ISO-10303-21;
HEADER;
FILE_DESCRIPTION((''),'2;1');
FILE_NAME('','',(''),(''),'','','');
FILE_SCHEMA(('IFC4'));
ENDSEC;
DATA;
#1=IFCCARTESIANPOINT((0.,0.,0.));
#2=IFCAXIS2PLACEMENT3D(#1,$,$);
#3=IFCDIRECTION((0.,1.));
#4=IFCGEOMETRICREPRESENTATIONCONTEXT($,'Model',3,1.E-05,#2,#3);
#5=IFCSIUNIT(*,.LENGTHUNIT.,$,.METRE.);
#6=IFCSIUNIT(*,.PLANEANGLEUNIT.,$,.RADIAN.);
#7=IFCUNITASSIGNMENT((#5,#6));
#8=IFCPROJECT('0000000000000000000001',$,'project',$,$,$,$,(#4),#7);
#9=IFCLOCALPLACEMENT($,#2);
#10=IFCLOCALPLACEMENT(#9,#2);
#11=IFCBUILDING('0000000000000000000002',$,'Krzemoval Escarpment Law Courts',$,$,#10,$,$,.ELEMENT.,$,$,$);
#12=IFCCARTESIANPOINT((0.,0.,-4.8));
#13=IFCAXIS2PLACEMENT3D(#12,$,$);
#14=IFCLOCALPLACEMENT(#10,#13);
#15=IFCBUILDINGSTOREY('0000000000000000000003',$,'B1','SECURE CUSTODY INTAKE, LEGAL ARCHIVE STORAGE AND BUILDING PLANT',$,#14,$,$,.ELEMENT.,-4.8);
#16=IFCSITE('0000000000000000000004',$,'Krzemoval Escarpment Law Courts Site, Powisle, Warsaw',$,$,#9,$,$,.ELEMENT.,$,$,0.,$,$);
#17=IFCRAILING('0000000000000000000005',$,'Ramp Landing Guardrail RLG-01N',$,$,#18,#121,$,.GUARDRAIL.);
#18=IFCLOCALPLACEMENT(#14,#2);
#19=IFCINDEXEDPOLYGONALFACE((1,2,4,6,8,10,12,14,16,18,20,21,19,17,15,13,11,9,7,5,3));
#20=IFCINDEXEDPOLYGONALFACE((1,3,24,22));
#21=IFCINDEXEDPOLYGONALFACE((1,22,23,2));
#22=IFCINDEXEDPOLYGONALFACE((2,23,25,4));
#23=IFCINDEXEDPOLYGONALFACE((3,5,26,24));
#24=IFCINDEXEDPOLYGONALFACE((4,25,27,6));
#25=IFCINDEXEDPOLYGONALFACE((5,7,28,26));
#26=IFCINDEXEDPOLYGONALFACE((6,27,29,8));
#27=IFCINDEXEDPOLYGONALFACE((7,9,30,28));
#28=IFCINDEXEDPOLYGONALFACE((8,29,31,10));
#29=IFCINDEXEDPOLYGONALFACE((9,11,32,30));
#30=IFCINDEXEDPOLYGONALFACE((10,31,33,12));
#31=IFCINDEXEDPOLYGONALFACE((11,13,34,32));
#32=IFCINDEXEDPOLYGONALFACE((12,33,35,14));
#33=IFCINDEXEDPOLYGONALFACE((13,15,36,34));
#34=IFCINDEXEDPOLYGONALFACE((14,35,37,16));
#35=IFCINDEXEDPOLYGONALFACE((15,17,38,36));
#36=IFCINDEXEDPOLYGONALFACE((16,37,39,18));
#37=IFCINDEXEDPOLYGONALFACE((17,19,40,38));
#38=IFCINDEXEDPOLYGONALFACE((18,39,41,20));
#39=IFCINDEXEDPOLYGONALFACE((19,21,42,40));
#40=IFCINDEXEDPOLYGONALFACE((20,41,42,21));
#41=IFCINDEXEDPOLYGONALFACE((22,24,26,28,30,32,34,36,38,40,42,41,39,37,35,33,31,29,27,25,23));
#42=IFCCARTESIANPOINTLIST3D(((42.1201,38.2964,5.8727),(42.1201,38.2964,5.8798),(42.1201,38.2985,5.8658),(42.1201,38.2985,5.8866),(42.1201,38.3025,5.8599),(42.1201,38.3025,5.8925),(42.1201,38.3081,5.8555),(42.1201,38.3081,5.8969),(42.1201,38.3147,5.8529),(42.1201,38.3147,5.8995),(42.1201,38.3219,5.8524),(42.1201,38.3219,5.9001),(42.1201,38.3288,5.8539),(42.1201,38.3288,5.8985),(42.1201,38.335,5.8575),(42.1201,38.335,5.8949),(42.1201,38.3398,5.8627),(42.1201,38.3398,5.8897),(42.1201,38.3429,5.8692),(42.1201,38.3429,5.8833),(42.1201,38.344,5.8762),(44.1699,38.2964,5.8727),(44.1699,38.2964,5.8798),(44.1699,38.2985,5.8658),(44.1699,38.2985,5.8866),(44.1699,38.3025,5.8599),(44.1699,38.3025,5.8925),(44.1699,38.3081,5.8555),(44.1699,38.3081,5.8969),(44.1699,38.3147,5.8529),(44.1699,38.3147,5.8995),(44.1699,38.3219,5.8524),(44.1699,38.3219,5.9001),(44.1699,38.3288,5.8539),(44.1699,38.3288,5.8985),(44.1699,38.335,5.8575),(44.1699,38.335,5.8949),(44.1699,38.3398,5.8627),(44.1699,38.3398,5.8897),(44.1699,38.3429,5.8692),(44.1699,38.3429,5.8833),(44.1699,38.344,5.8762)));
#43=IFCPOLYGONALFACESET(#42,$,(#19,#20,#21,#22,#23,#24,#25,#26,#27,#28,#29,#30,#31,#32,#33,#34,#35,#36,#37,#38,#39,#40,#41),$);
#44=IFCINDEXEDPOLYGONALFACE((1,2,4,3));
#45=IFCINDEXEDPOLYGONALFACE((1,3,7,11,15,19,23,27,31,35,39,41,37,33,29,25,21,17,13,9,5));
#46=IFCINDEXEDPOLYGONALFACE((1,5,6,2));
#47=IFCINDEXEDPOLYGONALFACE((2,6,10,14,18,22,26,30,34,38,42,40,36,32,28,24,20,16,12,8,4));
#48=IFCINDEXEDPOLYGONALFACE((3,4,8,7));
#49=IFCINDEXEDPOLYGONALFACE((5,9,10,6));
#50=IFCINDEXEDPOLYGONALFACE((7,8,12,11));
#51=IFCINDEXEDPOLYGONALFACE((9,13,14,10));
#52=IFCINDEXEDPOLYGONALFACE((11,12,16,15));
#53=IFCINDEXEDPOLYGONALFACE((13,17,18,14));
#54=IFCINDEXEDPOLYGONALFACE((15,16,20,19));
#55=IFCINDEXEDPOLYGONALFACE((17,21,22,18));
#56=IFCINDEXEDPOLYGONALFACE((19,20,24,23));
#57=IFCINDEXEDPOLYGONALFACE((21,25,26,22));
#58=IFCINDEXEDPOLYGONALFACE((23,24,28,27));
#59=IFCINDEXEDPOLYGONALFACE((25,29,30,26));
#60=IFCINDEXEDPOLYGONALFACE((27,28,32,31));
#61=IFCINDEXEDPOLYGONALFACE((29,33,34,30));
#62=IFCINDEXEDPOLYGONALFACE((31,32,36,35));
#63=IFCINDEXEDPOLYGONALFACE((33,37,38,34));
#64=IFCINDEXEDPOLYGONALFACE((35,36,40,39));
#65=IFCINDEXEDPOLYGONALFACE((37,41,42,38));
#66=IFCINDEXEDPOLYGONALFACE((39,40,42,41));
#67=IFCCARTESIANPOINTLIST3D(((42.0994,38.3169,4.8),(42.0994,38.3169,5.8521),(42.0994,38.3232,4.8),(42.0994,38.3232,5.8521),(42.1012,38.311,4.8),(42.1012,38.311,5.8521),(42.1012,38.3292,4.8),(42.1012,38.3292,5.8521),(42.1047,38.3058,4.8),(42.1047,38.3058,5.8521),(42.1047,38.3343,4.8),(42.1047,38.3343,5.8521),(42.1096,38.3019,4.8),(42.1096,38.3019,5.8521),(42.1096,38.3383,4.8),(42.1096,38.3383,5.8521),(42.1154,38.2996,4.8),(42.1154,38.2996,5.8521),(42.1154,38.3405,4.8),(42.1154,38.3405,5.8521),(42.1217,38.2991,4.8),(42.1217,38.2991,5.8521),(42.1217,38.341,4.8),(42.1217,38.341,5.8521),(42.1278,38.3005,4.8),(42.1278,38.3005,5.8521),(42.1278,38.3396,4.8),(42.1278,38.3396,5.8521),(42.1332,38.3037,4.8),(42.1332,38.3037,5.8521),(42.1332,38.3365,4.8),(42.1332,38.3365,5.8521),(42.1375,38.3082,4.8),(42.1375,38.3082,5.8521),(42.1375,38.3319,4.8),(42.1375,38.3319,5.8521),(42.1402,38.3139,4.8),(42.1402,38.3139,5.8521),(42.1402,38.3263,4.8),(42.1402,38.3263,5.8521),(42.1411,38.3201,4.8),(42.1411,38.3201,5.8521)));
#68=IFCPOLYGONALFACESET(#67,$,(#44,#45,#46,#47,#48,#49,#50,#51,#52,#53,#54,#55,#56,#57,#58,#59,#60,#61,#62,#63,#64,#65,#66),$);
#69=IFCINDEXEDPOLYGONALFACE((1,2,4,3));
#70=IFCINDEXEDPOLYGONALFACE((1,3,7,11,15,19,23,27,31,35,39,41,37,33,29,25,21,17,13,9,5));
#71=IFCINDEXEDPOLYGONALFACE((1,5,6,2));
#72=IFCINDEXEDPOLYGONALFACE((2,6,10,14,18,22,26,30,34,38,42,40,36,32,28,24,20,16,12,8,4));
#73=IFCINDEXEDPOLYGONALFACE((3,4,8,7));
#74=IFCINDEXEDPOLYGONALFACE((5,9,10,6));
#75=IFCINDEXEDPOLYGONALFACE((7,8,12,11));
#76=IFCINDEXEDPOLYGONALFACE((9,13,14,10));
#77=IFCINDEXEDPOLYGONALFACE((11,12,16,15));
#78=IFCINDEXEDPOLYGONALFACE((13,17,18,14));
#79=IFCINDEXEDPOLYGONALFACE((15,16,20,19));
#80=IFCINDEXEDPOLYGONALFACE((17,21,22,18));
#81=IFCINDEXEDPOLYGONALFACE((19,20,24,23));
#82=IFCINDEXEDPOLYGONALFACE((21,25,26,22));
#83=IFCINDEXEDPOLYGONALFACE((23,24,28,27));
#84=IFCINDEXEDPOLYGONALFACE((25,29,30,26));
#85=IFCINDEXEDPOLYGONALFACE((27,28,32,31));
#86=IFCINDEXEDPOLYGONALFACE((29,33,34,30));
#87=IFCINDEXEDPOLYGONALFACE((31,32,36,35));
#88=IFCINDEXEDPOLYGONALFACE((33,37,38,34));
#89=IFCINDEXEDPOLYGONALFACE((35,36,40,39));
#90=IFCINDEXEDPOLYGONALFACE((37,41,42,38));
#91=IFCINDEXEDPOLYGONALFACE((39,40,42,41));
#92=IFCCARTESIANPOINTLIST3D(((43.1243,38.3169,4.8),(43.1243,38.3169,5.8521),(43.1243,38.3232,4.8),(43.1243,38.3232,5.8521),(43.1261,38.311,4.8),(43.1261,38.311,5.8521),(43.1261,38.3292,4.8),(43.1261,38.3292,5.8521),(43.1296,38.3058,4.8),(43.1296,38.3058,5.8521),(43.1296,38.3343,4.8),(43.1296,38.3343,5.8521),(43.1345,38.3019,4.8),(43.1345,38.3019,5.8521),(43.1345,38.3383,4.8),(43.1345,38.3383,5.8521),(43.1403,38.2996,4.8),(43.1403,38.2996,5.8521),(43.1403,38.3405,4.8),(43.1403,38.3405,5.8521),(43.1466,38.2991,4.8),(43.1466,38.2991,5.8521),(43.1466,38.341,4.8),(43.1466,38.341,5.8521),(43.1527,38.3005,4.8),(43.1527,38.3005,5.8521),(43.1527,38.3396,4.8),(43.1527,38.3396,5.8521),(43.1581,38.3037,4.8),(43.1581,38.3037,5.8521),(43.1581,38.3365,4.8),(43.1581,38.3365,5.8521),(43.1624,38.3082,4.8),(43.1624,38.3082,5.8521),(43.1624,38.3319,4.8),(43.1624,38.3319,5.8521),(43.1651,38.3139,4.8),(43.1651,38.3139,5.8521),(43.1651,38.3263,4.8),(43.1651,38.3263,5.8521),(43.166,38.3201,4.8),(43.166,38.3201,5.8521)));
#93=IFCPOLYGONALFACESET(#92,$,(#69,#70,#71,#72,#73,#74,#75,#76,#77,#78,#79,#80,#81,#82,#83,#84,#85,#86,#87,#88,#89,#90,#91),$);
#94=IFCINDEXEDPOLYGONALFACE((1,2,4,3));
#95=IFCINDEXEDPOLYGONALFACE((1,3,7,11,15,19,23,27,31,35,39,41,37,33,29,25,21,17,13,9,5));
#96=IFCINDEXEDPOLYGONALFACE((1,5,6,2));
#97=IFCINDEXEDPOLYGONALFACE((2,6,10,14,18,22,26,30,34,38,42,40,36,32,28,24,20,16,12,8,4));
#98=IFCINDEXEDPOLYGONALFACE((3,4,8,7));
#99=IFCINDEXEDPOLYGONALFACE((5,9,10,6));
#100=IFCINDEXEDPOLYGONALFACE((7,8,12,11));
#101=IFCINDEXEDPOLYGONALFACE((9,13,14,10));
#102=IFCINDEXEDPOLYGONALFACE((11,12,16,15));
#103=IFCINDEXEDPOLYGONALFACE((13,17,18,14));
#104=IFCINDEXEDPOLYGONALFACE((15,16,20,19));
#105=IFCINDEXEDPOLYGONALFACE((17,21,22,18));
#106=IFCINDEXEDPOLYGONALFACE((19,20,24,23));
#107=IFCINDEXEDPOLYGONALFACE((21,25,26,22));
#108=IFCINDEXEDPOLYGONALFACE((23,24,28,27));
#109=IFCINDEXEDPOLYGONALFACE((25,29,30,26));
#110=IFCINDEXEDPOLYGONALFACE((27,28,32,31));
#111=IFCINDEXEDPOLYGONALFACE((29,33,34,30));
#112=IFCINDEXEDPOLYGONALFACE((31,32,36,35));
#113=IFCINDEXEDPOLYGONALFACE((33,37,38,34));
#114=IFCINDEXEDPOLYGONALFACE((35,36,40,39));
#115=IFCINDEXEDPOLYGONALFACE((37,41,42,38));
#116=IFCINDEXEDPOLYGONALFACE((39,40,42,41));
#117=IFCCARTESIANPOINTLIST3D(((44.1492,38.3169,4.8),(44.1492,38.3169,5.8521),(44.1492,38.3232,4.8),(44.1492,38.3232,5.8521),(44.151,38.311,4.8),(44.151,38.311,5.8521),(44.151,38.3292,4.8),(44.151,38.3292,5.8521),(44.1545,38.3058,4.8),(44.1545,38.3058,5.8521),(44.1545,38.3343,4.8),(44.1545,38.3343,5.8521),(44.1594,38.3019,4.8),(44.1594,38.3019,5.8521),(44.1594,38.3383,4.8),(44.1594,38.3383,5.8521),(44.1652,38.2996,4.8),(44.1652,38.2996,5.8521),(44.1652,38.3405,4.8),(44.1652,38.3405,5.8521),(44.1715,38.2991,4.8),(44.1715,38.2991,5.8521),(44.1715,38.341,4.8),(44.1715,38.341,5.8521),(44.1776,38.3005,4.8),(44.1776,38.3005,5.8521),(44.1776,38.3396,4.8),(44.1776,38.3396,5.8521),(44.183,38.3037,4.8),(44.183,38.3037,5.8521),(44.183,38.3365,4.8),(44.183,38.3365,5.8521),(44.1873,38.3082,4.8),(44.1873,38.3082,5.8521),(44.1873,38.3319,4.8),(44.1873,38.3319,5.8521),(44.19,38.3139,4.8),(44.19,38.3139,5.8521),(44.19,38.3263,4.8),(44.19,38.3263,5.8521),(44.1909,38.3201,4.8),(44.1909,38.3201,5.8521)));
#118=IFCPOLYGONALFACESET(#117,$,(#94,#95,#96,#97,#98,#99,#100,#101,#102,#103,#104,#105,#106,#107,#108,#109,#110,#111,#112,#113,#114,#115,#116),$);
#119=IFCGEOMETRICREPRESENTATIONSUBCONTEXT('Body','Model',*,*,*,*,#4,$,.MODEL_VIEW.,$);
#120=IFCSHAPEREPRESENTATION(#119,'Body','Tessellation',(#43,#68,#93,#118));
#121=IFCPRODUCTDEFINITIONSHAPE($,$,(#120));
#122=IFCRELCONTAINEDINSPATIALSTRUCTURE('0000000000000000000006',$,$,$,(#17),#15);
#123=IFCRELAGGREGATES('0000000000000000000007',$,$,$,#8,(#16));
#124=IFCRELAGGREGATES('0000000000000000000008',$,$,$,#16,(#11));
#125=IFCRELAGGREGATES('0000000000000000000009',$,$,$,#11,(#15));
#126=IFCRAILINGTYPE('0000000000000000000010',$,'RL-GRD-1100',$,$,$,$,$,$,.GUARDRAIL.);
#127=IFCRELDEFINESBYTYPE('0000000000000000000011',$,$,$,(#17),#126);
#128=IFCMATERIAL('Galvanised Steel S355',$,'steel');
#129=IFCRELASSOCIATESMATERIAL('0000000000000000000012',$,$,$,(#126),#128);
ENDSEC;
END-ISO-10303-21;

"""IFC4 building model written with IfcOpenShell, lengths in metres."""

from ifc_helpers import new_model, si_unit, direction, frame, origin, origin_2d, place, context, subcontext, project, spatial, circle, extrude, material, type_object, element, save


model = new_model("IFC4")

# Units and contexts
model_context = context("Model", 3, precision=1e-05, world=origin(), true_north=direction((0.0, 1.0)))
body_context = subcontext(model_context, "Body", "Model", "MODEL_VIEW")
ifc_project = project(units=[si_unit("LENGTHUNIT", "METRE"), si_unit("PLANEANGLEUNIT", "RADIAN")], contexts=[model_context])

# Site, building, storey
site_placement = place(None, origin())
site = spatial("IfcSite", under=ifc_project, at=site_placement, Name="Krzemoval Escarpment Law Courts Site, Powisle, Warsaw", CompositionType="ELEMENT", RefElevation=0.0)
building_placement = place(site_placement, origin())
building = spatial("IfcBuilding", under=site, at=building_placement, Name="Krzemoval Escarpment Law Courts", CompositionType="ELEMENT")
storey_placement = place(building_placement, frame((0.0, 0.0, -4.8)))
storey = spatial("IfcBuildingStorey", under=building, at=storey_placement, Name="B1", Description="SECURE CUSTODY INTAKE, LEGAL ARCHIVE STORAGE AND BUILDING PLANT", CompositionType="ELEMENT", Elevation=-4.8)

# Railing
ifc_material_1 = material(Name="Galvanised Steel S355", Category="steel")
railing_type_1 = type_object("IfcRailingType", Name="RL-GRD-1100", PredefinedType="GUARDRAIL", material=ifc_material_1)
for number, where, name in (
    (1, (42.1201, 38.3201, 4.8), "Ramp Landing Guardrail RLG-01N"),
):
    element("IfcRailing", number, at=place(storey_placement, frame(where)), inside=storey, type_object=railing_type_1, Name=name, PredefinedType="GUARDRAIL", context=body_context, shape_type="SweptSolid", body=[
        extrude(circle(Radius=0.0239, at=origin_2d()), frame((0.0, 0.0, 1.0762), z_axis=(1.0, 0.0, 0.0), x_axis=(0.0, 1.0, 0.0)), (0.0, 0.0, 1.0), 2.0498),
        extrude(circle(Radius=0.021, at=origin_2d()), origin(), (0.0, 0.0, 1.0), 1.052),
        extrude(circle(Radius=0.021, at=origin_2d()), frame((1.0249, 0.0, 0.0)), (0.0, 0.0, 1.0), 1.052),
        extrude(circle(Radius=0.021, at=origin_2d()), frame((2.0498, 0.0, 0.0)), (0.0, 0.0, 1.0), 1.052),
    ])

save(model, "model.ifc")
